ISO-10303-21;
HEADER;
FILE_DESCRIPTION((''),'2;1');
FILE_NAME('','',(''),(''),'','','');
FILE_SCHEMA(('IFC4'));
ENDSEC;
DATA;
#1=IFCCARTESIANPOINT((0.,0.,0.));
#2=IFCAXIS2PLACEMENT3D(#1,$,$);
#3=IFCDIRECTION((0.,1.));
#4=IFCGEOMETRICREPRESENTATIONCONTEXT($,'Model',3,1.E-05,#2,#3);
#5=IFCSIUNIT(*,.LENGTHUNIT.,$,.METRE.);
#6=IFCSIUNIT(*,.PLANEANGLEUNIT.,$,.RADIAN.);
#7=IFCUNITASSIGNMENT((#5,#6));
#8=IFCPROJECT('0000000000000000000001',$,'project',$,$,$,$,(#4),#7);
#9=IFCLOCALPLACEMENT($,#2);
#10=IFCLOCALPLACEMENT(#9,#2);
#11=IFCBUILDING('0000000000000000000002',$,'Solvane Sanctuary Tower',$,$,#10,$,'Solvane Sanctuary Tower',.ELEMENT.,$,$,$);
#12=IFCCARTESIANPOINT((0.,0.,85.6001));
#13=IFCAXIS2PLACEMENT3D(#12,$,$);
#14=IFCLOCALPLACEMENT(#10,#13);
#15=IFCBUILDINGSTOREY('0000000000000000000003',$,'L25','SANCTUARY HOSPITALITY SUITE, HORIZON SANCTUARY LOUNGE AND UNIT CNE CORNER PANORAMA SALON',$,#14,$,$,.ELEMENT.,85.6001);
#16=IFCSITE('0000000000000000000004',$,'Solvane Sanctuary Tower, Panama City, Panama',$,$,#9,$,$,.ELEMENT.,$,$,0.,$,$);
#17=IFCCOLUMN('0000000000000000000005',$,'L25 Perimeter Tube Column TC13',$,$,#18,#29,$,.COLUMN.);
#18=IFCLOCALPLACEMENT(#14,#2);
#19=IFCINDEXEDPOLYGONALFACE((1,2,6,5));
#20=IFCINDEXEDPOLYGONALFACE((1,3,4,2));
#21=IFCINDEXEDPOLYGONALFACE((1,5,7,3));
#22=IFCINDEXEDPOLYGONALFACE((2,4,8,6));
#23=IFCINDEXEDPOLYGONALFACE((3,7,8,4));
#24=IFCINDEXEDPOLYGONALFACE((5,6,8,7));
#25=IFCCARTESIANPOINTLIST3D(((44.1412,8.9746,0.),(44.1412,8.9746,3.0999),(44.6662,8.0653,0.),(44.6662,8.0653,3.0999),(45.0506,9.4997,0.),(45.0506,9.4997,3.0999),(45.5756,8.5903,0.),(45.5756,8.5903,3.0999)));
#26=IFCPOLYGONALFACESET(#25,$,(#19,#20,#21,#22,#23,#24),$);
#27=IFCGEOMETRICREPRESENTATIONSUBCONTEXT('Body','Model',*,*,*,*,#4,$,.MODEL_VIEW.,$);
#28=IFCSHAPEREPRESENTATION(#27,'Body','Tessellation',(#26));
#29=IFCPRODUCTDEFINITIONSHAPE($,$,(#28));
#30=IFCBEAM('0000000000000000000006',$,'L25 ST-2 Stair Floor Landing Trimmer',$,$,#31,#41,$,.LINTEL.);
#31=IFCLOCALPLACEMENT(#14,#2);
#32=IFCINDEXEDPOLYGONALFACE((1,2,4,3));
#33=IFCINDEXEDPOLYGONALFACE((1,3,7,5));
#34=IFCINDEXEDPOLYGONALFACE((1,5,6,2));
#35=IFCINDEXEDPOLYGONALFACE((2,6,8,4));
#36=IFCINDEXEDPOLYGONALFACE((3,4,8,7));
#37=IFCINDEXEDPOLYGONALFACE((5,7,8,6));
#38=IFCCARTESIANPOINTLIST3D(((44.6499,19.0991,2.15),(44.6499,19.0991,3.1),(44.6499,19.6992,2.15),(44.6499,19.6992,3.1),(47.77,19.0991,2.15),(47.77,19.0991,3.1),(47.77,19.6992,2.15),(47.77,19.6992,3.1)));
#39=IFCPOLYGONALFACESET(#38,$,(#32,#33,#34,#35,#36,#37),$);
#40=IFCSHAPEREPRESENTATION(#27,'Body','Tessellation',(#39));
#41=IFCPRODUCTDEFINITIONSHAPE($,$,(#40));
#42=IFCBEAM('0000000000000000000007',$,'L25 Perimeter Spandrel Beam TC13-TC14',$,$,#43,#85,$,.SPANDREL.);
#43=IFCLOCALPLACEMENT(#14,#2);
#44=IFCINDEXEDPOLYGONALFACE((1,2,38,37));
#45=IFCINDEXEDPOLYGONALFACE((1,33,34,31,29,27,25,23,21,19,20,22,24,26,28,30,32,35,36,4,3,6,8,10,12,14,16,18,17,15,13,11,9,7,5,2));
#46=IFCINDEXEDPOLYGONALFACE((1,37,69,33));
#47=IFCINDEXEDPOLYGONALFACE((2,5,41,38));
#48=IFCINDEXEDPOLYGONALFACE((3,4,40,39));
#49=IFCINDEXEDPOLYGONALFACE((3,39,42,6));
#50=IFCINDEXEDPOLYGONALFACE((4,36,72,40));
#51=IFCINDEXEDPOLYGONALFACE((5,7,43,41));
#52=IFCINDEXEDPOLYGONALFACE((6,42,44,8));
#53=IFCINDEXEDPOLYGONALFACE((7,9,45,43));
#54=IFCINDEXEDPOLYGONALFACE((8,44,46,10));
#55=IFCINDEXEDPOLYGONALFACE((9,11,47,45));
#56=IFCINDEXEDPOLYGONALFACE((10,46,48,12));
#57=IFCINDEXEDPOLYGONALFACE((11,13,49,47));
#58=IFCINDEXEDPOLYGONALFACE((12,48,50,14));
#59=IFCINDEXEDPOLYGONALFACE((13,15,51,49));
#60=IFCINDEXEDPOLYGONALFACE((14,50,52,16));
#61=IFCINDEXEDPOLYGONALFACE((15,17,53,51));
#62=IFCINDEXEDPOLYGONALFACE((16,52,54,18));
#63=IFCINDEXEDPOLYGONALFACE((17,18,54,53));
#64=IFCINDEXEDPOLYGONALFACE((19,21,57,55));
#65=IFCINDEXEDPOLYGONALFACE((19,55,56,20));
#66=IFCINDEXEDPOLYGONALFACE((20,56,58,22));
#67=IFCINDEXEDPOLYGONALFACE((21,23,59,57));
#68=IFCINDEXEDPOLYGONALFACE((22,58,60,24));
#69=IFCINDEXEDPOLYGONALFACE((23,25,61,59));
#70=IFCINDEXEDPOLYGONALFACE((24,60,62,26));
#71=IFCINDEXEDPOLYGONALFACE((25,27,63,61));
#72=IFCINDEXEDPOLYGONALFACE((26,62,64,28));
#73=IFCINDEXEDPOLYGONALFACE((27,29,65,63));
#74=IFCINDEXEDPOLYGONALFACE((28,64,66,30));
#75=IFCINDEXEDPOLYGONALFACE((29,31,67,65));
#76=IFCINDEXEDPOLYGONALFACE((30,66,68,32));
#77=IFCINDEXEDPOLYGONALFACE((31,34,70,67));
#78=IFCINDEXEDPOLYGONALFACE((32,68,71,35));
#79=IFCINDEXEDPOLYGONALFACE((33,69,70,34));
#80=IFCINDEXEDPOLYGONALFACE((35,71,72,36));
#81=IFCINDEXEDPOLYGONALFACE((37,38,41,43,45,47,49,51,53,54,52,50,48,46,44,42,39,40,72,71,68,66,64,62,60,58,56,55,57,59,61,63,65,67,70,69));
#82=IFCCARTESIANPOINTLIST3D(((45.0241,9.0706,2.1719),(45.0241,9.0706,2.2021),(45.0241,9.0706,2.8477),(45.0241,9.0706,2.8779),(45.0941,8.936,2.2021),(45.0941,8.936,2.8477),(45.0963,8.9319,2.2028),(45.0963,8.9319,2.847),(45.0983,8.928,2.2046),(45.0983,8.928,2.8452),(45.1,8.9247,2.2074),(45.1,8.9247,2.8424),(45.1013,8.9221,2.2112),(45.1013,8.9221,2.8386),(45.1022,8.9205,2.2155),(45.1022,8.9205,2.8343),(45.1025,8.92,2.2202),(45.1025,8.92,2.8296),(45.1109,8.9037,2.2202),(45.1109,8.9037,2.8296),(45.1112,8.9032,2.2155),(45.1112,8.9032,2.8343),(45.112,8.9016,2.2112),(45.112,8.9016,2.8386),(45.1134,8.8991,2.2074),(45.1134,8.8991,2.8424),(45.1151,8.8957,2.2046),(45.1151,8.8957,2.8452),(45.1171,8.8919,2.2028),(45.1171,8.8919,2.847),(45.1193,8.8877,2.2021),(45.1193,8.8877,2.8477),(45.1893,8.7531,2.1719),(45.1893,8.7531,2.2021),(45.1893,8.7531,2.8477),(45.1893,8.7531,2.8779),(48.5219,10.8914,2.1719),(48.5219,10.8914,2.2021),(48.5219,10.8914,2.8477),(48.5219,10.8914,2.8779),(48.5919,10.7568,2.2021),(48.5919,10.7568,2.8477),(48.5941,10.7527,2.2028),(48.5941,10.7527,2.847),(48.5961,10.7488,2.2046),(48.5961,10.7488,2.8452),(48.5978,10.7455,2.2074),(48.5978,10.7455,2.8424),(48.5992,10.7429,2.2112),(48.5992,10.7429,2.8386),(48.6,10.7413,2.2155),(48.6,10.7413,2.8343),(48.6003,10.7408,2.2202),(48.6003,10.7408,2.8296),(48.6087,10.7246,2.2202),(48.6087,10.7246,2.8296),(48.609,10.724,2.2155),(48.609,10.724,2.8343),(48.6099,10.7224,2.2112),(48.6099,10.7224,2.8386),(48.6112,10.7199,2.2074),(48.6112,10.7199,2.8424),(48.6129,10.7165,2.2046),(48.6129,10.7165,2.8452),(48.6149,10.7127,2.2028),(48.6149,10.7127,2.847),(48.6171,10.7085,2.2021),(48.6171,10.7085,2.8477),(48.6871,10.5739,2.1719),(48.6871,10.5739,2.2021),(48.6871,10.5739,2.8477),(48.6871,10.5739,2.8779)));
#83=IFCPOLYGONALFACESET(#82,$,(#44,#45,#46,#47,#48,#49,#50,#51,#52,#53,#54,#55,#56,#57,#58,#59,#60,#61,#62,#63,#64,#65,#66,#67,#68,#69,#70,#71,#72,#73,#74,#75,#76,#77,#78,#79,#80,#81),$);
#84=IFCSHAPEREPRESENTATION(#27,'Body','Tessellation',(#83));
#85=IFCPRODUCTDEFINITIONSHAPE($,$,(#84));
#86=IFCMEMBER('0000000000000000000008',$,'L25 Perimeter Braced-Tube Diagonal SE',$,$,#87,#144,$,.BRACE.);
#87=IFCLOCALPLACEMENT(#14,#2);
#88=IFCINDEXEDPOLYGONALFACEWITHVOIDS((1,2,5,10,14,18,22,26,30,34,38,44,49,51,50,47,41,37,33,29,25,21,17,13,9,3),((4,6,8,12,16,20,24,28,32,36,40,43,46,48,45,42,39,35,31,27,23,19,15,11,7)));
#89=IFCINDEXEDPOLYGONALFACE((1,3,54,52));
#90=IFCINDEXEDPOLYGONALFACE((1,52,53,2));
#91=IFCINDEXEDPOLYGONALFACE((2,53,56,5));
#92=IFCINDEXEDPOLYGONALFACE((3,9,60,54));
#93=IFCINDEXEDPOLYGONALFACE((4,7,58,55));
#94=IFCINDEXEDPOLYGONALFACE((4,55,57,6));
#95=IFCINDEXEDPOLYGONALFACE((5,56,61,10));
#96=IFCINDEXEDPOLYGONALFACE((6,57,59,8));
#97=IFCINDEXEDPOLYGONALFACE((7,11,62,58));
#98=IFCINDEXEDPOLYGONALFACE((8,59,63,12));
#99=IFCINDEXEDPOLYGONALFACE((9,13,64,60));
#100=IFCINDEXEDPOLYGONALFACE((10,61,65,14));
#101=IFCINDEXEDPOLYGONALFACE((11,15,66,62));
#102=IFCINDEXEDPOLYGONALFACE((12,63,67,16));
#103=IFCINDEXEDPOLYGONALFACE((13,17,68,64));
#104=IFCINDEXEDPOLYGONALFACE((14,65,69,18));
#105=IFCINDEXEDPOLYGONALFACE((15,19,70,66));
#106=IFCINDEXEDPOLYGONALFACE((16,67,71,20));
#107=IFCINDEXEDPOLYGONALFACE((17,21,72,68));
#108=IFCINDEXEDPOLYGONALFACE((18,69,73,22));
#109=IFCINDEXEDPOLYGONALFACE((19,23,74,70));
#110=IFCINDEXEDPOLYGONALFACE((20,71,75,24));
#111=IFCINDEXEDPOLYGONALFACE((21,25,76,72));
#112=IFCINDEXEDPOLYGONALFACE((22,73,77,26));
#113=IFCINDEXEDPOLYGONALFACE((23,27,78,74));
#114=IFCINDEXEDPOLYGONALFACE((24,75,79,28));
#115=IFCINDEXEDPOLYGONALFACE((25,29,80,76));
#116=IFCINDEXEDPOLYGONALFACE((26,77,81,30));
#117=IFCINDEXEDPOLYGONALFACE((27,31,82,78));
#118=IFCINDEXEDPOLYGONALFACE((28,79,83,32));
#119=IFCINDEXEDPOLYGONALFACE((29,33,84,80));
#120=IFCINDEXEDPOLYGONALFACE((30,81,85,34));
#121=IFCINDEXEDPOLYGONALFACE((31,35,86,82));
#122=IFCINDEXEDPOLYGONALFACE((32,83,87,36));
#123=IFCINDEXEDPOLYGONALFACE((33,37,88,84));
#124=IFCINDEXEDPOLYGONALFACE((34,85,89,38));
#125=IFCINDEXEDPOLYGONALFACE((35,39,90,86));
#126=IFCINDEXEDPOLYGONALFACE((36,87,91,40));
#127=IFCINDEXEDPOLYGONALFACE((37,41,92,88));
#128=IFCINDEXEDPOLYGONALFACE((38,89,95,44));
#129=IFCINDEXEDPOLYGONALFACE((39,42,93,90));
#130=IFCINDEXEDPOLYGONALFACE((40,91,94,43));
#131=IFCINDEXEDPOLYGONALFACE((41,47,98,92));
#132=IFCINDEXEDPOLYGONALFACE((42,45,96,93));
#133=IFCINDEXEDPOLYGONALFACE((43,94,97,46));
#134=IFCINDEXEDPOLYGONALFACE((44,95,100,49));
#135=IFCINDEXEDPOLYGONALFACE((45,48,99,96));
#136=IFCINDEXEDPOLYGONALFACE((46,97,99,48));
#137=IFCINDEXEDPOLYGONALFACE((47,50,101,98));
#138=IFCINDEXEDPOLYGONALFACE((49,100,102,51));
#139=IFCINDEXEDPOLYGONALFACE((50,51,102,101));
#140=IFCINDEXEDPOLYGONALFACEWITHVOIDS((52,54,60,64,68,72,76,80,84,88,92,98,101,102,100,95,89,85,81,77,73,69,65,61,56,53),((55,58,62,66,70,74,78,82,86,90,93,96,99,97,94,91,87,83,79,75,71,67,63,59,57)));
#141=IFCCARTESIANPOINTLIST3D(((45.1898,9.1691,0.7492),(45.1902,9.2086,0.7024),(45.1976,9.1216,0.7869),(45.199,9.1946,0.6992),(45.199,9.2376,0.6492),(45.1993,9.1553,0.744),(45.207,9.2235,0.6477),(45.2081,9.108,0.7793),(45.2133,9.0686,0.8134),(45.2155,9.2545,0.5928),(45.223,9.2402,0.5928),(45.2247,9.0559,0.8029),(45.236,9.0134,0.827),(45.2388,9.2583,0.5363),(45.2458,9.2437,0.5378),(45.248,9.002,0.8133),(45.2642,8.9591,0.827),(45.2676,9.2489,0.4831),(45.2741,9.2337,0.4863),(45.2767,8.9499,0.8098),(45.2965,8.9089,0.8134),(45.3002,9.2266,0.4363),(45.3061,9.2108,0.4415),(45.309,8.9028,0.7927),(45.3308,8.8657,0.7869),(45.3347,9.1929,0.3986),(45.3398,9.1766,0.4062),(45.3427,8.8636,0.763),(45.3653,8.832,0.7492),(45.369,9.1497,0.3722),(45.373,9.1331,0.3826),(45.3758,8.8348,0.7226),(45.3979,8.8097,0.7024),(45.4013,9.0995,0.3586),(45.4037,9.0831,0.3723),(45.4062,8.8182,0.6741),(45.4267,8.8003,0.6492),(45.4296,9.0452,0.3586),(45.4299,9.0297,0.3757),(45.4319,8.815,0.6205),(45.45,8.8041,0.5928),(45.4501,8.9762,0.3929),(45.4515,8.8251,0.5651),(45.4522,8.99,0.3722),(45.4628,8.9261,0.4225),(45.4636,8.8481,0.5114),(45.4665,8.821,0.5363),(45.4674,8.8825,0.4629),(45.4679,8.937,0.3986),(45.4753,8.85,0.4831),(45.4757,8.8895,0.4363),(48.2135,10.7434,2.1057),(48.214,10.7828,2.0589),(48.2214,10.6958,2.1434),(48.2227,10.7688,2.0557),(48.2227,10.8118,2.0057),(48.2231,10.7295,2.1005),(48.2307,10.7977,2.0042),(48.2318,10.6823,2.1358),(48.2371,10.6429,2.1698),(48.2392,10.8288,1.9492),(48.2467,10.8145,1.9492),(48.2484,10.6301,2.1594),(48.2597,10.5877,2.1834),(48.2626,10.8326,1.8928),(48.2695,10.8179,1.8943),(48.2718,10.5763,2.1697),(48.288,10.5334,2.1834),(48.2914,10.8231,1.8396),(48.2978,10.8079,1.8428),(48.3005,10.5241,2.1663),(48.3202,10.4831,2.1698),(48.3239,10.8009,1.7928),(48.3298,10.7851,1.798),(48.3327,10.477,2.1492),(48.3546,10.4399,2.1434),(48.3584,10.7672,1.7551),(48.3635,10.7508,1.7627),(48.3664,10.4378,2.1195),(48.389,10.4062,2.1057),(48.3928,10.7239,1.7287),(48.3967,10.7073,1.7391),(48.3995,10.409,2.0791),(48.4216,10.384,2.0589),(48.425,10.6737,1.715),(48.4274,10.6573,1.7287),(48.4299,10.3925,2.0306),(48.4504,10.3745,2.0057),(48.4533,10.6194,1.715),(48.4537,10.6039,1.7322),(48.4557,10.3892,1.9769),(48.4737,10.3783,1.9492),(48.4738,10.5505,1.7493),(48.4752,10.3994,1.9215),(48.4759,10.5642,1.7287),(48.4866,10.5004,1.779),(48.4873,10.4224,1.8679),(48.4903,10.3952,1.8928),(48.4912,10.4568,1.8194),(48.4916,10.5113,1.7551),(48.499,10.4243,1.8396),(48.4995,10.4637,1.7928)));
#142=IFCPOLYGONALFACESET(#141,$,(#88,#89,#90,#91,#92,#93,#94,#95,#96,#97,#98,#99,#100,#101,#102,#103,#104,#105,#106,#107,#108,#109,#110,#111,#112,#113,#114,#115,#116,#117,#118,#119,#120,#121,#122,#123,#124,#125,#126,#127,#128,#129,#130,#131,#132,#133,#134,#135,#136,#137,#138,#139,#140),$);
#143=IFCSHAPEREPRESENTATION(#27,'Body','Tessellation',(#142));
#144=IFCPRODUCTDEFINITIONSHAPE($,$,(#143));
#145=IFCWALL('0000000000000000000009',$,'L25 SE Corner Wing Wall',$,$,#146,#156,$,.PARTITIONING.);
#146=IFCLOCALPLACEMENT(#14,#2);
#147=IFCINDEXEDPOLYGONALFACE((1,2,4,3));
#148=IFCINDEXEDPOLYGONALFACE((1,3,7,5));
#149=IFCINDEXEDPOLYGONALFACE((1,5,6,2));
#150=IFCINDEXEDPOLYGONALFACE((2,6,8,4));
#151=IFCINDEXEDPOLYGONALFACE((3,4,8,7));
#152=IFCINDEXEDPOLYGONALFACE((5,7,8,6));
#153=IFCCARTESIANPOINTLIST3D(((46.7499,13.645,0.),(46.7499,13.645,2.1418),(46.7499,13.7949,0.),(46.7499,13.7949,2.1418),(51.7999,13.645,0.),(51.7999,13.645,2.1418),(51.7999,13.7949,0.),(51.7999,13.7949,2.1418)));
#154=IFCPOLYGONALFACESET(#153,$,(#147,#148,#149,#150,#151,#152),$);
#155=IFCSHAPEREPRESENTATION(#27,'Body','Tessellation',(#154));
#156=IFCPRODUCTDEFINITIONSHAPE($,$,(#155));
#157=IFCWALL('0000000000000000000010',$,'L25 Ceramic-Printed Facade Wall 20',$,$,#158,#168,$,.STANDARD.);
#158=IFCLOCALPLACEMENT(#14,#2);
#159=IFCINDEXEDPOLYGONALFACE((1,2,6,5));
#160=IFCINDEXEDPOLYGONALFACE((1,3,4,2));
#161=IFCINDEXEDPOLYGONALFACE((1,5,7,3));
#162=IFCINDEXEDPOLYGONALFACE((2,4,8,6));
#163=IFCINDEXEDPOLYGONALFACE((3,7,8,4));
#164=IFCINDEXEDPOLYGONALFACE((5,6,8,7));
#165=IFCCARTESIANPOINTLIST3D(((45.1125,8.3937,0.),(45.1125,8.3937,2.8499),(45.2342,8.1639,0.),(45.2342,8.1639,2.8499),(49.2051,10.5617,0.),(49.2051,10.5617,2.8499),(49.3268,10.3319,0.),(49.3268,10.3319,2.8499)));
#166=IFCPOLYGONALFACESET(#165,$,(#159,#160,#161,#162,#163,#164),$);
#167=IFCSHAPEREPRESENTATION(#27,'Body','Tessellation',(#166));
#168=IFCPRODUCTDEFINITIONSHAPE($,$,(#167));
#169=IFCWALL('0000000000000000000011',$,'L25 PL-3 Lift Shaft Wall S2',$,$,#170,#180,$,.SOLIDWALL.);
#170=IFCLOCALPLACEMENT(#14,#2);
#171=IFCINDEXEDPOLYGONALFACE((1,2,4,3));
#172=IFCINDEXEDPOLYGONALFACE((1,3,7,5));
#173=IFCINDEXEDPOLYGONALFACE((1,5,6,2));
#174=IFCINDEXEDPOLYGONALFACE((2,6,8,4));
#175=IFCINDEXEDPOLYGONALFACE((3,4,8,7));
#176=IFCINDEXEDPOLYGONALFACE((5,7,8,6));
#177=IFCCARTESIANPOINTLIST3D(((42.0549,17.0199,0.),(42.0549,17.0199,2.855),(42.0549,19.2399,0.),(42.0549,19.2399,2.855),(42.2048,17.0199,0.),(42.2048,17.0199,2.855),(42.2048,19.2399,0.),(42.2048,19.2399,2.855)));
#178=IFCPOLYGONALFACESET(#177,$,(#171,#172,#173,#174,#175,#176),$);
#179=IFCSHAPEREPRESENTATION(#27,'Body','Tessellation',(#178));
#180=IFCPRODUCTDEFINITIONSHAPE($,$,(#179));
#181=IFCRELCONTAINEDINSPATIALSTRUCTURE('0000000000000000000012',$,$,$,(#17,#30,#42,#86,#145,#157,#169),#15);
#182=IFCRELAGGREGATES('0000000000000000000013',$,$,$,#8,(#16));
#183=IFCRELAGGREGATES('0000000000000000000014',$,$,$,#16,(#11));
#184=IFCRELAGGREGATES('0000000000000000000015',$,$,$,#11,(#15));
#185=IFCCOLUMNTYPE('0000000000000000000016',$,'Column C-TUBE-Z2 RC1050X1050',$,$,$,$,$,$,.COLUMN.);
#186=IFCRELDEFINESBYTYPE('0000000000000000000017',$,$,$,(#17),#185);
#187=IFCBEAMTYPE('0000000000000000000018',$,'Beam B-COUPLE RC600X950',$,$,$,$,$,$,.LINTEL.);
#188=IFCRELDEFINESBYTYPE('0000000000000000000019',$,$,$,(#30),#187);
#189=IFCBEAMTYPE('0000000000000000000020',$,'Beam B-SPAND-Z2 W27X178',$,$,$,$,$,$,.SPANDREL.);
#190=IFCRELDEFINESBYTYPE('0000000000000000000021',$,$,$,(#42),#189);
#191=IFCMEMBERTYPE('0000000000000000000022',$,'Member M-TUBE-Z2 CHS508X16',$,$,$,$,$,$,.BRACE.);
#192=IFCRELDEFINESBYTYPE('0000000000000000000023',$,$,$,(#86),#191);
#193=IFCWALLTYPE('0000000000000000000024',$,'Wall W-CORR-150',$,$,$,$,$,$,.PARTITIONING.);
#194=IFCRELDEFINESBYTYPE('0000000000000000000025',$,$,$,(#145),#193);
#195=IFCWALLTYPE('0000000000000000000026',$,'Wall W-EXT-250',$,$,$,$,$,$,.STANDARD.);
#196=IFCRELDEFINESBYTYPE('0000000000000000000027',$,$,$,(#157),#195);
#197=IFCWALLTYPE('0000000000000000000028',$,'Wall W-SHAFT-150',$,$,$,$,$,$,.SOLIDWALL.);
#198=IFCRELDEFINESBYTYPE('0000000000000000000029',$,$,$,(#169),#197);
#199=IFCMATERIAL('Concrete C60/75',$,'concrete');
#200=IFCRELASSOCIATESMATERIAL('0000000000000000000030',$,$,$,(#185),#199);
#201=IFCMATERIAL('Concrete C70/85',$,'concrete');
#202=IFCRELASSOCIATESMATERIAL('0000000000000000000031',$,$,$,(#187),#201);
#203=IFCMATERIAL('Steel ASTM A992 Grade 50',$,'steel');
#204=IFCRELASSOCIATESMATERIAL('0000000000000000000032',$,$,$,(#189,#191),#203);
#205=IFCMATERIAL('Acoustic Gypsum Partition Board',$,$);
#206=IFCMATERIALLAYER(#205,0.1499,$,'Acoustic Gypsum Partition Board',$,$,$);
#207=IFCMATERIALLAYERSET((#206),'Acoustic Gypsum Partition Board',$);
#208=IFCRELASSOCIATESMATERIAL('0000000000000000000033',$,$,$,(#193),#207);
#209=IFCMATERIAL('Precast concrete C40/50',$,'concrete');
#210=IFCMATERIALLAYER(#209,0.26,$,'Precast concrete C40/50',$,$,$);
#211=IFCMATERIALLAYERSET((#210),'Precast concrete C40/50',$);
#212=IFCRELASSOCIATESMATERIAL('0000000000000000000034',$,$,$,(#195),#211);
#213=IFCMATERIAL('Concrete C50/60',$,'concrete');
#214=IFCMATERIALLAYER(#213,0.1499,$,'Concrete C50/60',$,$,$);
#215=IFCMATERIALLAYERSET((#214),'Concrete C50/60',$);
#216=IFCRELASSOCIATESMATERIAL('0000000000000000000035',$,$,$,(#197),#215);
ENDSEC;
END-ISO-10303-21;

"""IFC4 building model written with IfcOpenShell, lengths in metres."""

from ifc_helpers import new_model, si_unit, direction, frame, frame_2d, origin, origin_2d, place, context, subcontext, project, spatial, rectangle, hollow_circle, i_section, extrude, material, layer, layer_set, material_profile, profile_set, type_object, element, save


model = new_model("IFC4")

# Units and contexts
model_context = context("Model", 3, precision=1e-05, world=origin(), true_north=direction((0.0, 1.0)))
body_context = subcontext(model_context, "Body", "Model", "MODEL_VIEW")
ifc_project = project(units=[si_unit("LENGTHUNIT", "METRE"), si_unit("PLANEANGLEUNIT", "RADIAN")], contexts=[model_context])

# Site, building, storey
site_placement = place(None, origin())
site = spatial("IfcSite", under=ifc_project, at=site_placement, Name="Solvane Sanctuary Tower, Panama City, Panama", CompositionType="ELEMENT", RefElevation=0.0)
building_placement = place(site_placement, origin())
building = spatial("IfcBuilding", under=site, at=building_placement, Name="Solvane Sanctuary Tower", LongName="Solvane Sanctuary Tower", CompositionType="ELEMENT")
storey_placement = place(building_placement, frame((0.0, 0.0, 85.6001)))
storey = spatial("IfcBuildingStorey", under=building, at=storey_placement, Name="L25", Description="SANCTUARY HOSPITALITY SUITE, HORIZON SANCTUARY LOUNGE AND UNIT CNE CORNER PANORAMA SALON", CompositionType="ELEMENT", Elevation=85.6001)

# Column
ifc_material_1 = material(Name="Concrete C60/75", Category="concrete")
ifc_material_profile_1 = material_profile(ifc_material_1, rectangle(XDim=1.05, YDim=1.05, at=origin_2d()), Name="RC1050X1050")
ifc_profile_set_1 = profile_set([ifc_material_profile_1], Name="Concrete C60/75")
column_type = type_object("IfcColumnType", Name="Column C-TUBE-Z2 RC1050X1050", PredefinedType="COLUMN", material=ifc_profile_set_1)
column_placement = place(storey_placement, frame((44.8584, 8.7825, 0.0), z_axis=(0.0, 0.0, 1.0), x_axis=(0.5, -0.866025, 0.0)))
element("IfcColumn", 1, at=column_placement, inside=storey, type_object=column_type, Name="L25 Perimeter Tube Column TC13", PredefinedType="COLUMN", context=body_context, shape_type="SweptSolid", body=[
    extrude(rectangle(XDim=1.05, YDim=1.05, at=origin_2d()), origin(), (0.0, 0.0, 1.0), 3.0999),
])

# Beams
ifc_material_2 = material(Name="Concrete C70/85", Category="concrete")
ifc_material_profile_2 = material_profile(ifc_material_2, rectangle(XDim=0.6001, YDim=0.95, at=origin_2d()), Name="RC600X950")
ifc_profile_set_2 = profile_set([ifc_material_profile_2], Name="Concrete C70/85")
beam_type_1 = type_object("IfcBeamType", Name="Beam B-COUPLE RC600X950", PredefinedType="LINTEL", material=ifc_profile_set_2)
beam_1_placement = place(storey_placement, frame((44.6499, 19.3992, 2.625), z_axis=(1.0, 0.0, 0.0), x_axis=(0.0, 1.0, 0.0)))
element("IfcBeam", 2, at=beam_1_placement, inside=storey, type_object=beam_type_1, Name="L25 ST-2 Stair Floor Landing Trimmer", PredefinedType="LINTEL", context=body_context, shape_type="SweptSolid", body=[
    extrude(rectangle(XDim=0.6001, YDim=0.95, at=origin_2d()), origin(), (0.0, 0.0, 1.0), 3.1201),
])
ifc_material_3 = material(Name="Steel ASTM A992 Grade 50", Category="steel")
ifc_material_profile_3 = material_profile(ifc_material_3, i_section(OverallWidth=0.3579, OverallDepth=0.7061, WebThickness=0.0183, FlangeThickness=0.0303, FilletRadius=0.0181, at=origin_2d()), Name="W27X178")
ifc_profile_set_3 = profile_set([ifc_material_profile_3], Name="Steel ASTM A992 Grade 50")
beam_type_2 = type_object("IfcBeamType", Name="Beam B-SPAND-Z2 W27X178", PredefinedType="SPANDREL", material=ifc_profile_set_3)
beam_2_placement = place(storey_placement, frame((45.1067, 8.9119, 2.5249), z_axis=(0.887015, 0.461741, 0.0), x_axis=(-0.461741, 0.887015, 0.0)))
element("IfcBeam", 3, at=beam_2_placement, inside=storey, type_object=beam_type_2, Name="L25 Perimeter Spandrel Beam TC13-TC14", PredefinedType="SPANDREL", context=body_context, shape_type="SweptSolid", body=[
    extrude(i_section(OverallWidth=0.3579, OverallDepth=0.7061, WebThickness=0.0183, FlangeThickness=0.0303, FilletRadius=0.0181, at=origin_2d()), origin(), (0.0, 0.0, 1.0), 3.9434),
])

# Member
ifc_material_profile_4 = material_profile(ifc_material_3, hollow_circle(Radius=0.2539, WallThickness=0.0161, at=origin_2d()), Name="CHS508X16")
ifc_profile_set_4 = profile_set([ifc_material_profile_4], Name="Steel ASTM A992 Grade 50")
member_type = type_object("IfcMemberType", Name="Member M-TUBE-Z2 CHS508X16", PredefinedType="BRACE", material=ifc_profile_set_4)
member_placement = place(storey_placement, frame((45.3328, 9.0293, 0.5928), z_axis=(0.824141, 0.429072, 0.369715), x_axis=(-0.461792, 0.886988, 0.0)))
element("IfcMember", 4, at=member_placement, inside=storey, type_object=member_type, Name="L25 Perimeter Braced-Tube Diagonal SE", PredefinedType="BRACE", context=body_context, shape_type="SweptSolid", body=[
    extrude(hollow_circle(Radius=0.2539, WallThickness=0.0161, at=origin_2d()), origin(), (0.0, 0.0, 1.0), 3.6689),
])

# Walls
ifc_material_4 = material(Name="Acoustic Gypsum Partition Board")
ifc_layer_1 = layer(ifc_material_4, 0.1499, Name="Acoustic Gypsum Partition Board")
ifc_layer_set_1 = layer_set([ifc_layer_1], Name="Acoustic Gypsum Partition Board")
wall_type_1 = type_object("IfcWallType", Name="Wall W-CORR-150", PredefinedType="PARTITIONING", material=ifc_layer_set_1)
wall_1_placement = place(storey_placement, frame((46.75, 13.72, 0.0), z_axis=(0.0, 0.0, 1.0), x_axis=(1.0, 0.0, 0.0)))
element("IfcWall", 5, at=wall_1_placement, inside=storey, type_object=wall_type_1, Name="L25 SE Corner Wing Wall", PredefinedType="PARTITIONING", context=body_context, shape_type="SweptSolid", body=[
    extrude(rectangle(XDim=5.05, YDim=0.1499, at=frame_2d((2.5249, 0.0))), origin(), (0.0, 0.0, 1.0), 2.1418),
])
ifc_material_5 = material(Name="Precast concrete C40/50", Category="concrete")
ifc_layer_2 = layer(ifc_material_5, 0.26, Name="Precast concrete C40/50")
ifc_layer_set_2 = layer_set([ifc_layer_2], Name="Precast concrete C40/50")
wall_type_2 = type_object("IfcWallType", Name="Wall W-EXT-250", PredefinedType="STANDARD", material=ifc_layer_set_2)
wall_2_placement = place(storey_placement, frame((45.1733, 8.2788, 0.0), z_axis=(0.0, 0.0, 1.0), x_axis=(0.883669, 0.468113, 0.0)))
element("IfcWall", 6, at=wall_2_placement, inside=storey, type_object=wall_type_2, Name="L25 Ceramic-Printed Facade Wall 20", PredefinedType="STANDARD", context=body_context, shape_type="SweptSolid", body=[
    extrude(rectangle(XDim=4.6313, YDim=0.26, at=frame_2d((2.3157, 0.0))), origin(), (0.0, 0.0, 1.0), 2.8499),
])
ifc_material_6 = material(Name="Concrete C50/60", Category="concrete")
ifc_layer_3 = layer(ifc_material_6, 0.1499, Name="Concrete C50/60")
ifc_layer_set_3 = layer_set([ifc_layer_3], Name="Concrete C50/60")
wall_type_3 = type_object("IfcWallType", Name="Wall W-SHAFT-150", PredefinedType="SOLIDWALL", material=ifc_layer_set_3)
wall_3_placement = place(storey_placement, frame((42.1299, 17.02, 0.0), z_axis=(0.0, 0.0, 1.0), x_axis=(0.0, 1.0, 0.0)))
element("IfcWall", 7, at=wall_3_placement, inside=storey, type_object=wall_type_3, Name="L25 PL-3 Lift Shaft Wall S2", PredefinedType="SOLIDWALL", context=body_context, shape_type="SweptSolid", body=[
    extrude(rectangle(XDim=2.22, YDim=0.1499, at=frame_2d((1.1099, 0.0))), origin(), (0.0, 0.0, 1.0), 2.855),
])

save(model, "model.ifc")
